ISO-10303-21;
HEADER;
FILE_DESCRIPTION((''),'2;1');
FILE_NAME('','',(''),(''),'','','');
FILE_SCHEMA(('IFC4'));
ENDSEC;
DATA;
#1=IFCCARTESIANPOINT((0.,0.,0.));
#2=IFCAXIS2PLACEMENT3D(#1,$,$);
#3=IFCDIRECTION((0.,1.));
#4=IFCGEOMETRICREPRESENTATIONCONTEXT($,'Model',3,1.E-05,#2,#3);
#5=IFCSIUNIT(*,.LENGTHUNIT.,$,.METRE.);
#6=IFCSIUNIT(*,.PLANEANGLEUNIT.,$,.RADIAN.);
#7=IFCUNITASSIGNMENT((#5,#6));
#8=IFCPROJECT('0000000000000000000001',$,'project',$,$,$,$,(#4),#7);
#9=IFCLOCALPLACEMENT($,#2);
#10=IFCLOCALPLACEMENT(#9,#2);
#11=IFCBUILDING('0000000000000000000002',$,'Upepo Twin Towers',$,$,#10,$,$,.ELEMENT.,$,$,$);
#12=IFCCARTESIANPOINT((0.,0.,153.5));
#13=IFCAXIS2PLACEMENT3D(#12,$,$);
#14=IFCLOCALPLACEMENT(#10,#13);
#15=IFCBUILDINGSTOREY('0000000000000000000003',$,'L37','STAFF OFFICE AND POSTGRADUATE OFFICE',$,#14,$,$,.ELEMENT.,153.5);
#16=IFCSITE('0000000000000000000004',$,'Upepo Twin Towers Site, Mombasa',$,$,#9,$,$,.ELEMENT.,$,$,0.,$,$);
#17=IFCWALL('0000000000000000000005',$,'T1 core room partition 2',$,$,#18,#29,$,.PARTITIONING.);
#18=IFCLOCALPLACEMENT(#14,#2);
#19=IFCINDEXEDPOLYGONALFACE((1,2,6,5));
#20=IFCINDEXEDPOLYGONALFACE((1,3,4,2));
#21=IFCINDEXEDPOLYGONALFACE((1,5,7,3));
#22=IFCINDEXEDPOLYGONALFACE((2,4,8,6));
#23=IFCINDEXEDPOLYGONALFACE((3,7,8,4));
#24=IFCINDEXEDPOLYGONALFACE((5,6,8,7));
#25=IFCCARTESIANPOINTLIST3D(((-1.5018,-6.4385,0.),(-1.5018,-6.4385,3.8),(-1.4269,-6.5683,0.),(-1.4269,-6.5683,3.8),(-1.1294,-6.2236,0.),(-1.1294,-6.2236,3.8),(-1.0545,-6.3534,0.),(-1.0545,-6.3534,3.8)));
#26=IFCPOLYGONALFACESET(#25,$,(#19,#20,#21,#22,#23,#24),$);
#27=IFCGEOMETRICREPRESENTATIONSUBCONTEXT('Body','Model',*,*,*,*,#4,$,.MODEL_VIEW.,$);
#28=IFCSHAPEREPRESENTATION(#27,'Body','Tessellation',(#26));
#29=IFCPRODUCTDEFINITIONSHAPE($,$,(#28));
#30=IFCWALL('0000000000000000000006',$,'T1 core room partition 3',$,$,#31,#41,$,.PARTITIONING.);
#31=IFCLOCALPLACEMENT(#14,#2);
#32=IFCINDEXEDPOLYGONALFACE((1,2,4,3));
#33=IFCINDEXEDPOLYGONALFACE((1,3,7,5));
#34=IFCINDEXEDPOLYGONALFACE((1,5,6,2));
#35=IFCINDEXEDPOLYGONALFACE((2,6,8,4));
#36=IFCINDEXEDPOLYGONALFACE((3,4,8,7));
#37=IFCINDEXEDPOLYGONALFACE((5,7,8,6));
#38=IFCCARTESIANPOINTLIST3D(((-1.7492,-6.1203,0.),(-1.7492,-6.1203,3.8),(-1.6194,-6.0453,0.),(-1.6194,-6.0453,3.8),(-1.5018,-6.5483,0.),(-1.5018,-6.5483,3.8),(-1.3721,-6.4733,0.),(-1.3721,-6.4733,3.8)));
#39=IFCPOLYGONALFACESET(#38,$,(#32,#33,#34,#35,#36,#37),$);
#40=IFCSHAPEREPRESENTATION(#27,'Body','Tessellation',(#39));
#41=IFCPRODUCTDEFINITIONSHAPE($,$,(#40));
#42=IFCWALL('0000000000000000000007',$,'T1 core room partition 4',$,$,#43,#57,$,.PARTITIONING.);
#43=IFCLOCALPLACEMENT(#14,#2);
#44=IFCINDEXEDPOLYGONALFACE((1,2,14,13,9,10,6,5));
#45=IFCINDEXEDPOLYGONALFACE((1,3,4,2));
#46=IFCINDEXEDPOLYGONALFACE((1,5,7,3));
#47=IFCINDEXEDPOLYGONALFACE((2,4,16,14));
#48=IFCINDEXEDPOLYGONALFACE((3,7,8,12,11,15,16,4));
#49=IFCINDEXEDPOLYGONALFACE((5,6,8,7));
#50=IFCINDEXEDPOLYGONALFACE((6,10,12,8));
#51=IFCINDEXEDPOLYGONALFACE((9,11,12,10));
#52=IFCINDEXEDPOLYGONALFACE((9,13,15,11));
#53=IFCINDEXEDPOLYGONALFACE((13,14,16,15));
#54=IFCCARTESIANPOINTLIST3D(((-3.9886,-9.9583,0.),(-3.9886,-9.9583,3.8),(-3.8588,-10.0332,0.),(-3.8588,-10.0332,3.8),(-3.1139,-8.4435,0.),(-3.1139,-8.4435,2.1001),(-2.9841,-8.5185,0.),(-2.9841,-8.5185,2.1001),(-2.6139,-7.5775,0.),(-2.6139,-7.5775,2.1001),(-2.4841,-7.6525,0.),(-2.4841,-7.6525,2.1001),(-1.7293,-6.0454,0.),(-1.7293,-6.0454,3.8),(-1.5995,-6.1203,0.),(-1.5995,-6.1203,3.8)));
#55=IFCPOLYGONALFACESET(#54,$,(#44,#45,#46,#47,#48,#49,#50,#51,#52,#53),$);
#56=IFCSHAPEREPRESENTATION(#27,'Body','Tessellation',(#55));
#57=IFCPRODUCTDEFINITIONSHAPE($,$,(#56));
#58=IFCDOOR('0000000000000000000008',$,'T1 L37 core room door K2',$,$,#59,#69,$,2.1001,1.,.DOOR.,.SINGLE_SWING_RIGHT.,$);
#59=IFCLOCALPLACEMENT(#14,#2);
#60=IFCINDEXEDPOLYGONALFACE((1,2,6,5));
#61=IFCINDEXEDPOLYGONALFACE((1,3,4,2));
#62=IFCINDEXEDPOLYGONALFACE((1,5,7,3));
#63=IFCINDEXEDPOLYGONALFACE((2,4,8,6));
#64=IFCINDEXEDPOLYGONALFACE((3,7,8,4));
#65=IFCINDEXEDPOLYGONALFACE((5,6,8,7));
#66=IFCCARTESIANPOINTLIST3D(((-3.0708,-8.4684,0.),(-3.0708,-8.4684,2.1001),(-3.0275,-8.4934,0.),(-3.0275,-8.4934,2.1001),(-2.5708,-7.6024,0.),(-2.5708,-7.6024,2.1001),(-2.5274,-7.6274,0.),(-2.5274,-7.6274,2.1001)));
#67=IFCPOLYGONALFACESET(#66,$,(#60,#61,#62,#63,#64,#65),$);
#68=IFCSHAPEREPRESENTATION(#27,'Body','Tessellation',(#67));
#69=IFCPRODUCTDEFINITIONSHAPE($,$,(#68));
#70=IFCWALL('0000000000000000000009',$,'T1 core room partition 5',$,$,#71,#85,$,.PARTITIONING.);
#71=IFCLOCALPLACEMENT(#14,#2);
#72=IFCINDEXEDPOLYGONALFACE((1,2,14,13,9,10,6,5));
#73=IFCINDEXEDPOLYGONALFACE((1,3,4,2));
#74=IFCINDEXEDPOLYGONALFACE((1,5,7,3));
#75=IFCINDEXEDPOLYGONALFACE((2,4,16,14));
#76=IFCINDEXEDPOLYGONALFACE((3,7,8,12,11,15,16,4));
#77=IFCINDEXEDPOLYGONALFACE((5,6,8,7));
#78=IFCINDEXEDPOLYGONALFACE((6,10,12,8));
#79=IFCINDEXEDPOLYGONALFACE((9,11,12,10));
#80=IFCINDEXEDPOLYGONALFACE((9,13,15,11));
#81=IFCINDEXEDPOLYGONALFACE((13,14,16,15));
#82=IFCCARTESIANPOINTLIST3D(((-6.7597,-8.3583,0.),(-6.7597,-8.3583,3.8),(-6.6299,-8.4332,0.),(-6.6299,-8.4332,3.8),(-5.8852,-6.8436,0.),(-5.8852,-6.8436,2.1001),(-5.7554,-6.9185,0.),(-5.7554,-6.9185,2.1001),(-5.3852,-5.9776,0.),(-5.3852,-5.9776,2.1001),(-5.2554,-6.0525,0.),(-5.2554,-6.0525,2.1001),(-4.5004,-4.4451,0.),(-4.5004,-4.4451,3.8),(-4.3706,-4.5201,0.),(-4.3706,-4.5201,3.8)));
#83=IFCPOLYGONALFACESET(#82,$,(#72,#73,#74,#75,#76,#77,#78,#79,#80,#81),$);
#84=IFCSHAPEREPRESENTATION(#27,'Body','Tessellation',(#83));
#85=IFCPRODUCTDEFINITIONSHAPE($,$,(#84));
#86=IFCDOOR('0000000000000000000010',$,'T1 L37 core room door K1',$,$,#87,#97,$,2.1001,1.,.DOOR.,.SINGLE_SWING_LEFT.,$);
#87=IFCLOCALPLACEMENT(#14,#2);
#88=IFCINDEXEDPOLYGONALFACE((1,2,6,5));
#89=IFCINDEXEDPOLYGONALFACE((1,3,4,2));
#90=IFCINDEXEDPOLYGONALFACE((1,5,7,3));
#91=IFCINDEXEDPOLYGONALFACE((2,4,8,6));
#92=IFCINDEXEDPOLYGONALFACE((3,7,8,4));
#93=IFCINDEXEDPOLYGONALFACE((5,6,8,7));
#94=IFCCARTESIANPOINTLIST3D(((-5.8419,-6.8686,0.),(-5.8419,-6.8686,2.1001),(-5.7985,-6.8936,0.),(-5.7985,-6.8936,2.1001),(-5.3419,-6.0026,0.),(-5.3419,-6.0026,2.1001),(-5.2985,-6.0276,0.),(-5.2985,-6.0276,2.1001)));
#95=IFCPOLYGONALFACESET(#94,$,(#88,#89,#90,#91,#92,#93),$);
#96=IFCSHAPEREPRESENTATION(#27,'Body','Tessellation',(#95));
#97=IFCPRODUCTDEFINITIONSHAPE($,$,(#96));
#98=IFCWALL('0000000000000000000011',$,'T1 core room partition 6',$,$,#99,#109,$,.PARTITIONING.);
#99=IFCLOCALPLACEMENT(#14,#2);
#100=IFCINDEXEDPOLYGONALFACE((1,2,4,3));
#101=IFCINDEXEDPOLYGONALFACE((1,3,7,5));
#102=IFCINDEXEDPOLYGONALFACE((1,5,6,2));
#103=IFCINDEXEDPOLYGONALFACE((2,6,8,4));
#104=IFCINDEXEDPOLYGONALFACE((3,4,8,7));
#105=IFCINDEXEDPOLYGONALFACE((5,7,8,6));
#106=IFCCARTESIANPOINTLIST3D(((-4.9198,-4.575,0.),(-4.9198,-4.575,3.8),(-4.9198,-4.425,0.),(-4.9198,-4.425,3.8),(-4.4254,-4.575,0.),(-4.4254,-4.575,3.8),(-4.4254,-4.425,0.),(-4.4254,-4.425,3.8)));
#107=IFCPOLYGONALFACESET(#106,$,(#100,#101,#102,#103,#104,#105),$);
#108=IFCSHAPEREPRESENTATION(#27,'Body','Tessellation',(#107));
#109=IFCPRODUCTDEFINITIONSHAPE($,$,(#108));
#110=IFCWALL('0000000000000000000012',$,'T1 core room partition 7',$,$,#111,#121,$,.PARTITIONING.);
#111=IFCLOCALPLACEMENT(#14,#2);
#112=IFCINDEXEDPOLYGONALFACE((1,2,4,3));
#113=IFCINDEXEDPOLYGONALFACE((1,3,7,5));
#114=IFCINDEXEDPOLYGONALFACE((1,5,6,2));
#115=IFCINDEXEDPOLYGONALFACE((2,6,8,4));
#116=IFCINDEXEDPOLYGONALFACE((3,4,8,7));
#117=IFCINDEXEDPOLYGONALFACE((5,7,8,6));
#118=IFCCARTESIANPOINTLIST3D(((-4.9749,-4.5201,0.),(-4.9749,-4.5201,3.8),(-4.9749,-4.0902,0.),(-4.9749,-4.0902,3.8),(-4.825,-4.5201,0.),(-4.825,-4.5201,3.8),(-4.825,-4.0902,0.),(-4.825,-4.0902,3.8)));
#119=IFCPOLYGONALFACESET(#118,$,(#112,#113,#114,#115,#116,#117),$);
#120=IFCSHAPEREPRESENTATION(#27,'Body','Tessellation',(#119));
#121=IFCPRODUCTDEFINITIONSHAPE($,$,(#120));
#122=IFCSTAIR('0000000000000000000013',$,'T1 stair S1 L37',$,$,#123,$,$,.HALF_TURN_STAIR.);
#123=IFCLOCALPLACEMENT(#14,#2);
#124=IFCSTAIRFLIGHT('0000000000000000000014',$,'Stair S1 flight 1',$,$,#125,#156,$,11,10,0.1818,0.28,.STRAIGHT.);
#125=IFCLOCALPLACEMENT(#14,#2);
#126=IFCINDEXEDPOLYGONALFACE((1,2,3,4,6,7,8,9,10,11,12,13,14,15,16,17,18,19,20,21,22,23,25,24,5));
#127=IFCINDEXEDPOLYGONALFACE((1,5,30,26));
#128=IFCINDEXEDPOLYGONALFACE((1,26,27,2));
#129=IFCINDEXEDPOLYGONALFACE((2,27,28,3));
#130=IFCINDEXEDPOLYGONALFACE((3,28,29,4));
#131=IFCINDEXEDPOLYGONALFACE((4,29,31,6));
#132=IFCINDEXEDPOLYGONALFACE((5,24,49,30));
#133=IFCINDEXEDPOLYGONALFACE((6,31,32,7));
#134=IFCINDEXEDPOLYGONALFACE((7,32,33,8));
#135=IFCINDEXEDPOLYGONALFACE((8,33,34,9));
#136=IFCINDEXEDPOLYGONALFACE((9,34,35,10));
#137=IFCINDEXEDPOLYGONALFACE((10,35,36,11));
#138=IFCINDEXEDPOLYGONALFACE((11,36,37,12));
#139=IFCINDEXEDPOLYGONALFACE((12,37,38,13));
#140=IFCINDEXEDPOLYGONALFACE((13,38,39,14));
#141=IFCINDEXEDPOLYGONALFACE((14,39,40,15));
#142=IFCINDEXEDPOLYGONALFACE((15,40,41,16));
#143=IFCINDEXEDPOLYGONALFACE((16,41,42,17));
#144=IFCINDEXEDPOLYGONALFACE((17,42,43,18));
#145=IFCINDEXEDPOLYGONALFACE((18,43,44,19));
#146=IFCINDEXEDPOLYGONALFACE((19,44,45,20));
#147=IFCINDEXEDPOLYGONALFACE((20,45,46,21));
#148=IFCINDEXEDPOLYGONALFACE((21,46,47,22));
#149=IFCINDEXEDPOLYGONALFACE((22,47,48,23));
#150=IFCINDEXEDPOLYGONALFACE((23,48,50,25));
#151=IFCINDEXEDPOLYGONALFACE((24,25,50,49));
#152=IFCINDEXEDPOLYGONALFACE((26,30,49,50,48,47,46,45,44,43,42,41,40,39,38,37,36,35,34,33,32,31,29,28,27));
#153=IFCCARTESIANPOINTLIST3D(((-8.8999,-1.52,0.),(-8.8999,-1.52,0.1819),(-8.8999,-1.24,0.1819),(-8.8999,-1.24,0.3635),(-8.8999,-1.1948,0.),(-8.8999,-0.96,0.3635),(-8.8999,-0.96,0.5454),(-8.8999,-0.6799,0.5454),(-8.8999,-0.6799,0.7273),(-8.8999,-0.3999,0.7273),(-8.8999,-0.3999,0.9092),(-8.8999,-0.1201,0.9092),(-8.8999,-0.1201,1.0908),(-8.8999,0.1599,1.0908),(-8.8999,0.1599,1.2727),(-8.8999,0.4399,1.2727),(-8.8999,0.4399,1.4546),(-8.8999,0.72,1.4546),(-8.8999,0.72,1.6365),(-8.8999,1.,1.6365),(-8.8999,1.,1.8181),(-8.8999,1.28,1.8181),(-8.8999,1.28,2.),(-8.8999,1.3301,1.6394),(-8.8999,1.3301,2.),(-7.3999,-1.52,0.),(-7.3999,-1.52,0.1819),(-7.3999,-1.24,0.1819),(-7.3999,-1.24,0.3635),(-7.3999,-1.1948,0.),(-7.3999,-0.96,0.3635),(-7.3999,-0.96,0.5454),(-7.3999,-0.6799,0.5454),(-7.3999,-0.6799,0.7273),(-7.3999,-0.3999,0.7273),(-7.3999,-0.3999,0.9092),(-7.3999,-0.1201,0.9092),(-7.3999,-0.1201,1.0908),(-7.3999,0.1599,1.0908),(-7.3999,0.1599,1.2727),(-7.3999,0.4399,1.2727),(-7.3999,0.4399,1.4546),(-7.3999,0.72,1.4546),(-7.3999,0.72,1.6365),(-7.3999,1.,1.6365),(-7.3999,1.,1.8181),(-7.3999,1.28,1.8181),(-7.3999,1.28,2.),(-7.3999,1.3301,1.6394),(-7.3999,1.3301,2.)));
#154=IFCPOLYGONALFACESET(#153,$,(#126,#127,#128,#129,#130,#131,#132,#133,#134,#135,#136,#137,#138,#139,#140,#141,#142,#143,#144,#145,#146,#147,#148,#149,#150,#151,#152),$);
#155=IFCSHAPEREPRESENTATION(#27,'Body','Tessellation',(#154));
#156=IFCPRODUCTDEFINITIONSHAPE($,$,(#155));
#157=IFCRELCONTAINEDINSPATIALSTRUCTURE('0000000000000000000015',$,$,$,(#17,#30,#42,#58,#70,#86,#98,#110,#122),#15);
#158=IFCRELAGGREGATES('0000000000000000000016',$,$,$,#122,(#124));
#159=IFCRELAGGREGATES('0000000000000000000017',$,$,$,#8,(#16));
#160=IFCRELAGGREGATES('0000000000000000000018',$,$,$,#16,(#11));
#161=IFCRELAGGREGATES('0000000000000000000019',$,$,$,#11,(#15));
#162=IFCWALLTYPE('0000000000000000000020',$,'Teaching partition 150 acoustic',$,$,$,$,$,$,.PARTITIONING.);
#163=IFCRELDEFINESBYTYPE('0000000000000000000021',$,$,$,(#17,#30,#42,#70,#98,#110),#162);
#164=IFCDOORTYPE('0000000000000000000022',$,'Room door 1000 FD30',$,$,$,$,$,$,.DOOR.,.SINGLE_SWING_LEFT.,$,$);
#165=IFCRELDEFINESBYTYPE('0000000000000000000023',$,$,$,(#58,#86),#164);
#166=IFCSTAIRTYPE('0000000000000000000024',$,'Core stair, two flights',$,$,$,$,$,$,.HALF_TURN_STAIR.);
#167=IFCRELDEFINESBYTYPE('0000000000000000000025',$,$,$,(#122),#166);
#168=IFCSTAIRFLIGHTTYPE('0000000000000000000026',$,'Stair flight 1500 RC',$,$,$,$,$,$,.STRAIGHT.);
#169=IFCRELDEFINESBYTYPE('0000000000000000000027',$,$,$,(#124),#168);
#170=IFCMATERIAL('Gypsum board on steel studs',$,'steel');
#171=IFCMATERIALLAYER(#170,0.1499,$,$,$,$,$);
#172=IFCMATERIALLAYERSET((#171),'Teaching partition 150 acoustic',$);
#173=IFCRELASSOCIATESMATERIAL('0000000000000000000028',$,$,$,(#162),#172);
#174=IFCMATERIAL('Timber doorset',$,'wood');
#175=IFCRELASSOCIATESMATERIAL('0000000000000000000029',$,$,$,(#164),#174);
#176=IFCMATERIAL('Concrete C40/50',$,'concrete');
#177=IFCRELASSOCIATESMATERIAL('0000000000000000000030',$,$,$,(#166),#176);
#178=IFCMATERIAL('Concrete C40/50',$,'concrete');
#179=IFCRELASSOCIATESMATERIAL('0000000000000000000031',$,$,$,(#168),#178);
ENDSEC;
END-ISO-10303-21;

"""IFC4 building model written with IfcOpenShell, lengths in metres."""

from ifc_helpers import new_model, si_unit, direction, frame, frame_2d, origin, place, context, subcontext, project, spatial, polyline, rectangle, outline, extrude, material, layer, layer_set, type_object, element, fill, aggregate, save


model = new_model("IFC4")

# Units and contexts
model_context = context("Model", 3, precision=1e-05, world=origin(), true_north=direction((0.0, 1.0)))
body_context = subcontext(model_context, "Body", "Model", "MODEL_VIEW")
ifc_project = project(units=[si_unit("LENGTHUNIT", "METRE"), si_unit("PLANEANGLEUNIT", "RADIAN")], contexts=[model_context])

# Site, building, storey
site_placement = place(None, origin())
site = spatial("IfcSite", under=ifc_project, at=site_placement, Name="Upepo Twin Towers Site, Mombasa", CompositionType="ELEMENT", RefElevation=0.0)
building_placement = place(site_placement, origin())
building = spatial("IfcBuilding", under=site, at=building_placement, Name="Upepo Twin Towers", CompositionType="ELEMENT")
storey_placement = place(building_placement, frame((0.0, 0.0, 153.5)))
storey = spatial("IfcBuildingStorey", under=building, at=storey_placement, Name="L37", Description="STAFF OFFICE AND POSTGRADUATE OFFICE", CompositionType="ELEMENT", Elevation=153.5)

# Walls
ifc_material_1 = material(Name="Gypsum board on steel studs", Category="steel")
ifc_layer_1 = layer(ifc_material_1, 0.1499)
ifc_layer_set_1 = layer_set([ifc_layer_1], Name="Teaching partition 150 acoustic")
wall_type_1 = type_object("IfcWallType", Name="Teaching partition 150 acoustic", PredefinedType="PARTITIONING", material=ifc_layer_set_1)
wall_1_placement = place(storey_placement, frame((-1.092, -6.2886, 0.0), z_axis=(0.0, 0.0, 1.0), x_axis=(-0.866138, -0.499804, 0.0)))
element("IfcWall", 1, at=wall_1_placement, inside=storey, type_object=wall_type_1, Name="T1 core room partition 2", PredefinedType="PARTITIONING", context=body_context, shape_type="SweptSolid", body=[
    extrude(rectangle(XDim=0.4299, YDim=0.1499, at=frame_2d((0.2148, 0.0))), origin(), (0.0, 0.0, 1.0), 3.8),
])
wall_2_placement = place(storey_placement, frame((-1.437, -6.5107, 0.0), z_axis=(0.0, 0.0, 1.0), x_axis=(-0.500335, 0.865832, 0.0)))
element("IfcWall", 2, at=wall_2_placement, inside=storey, type_object=wall_type_1, Name="T1 core room partition 3", PredefinedType="PARTITIONING", context=body_context, shape_type="SweptSolid", body=[
    extrude(rectangle(XDim=0.4944, YDim=0.1499, at=frame_2d((0.2471, 0.0))), origin(), (0.0, 0.0, 1.0), 3.8),
])

# Walls, openings, doors
wall_3_placement = place(storey_placement, frame((-1.6643, -6.0828, 0.0), z_axis=(0.0, 0.0, 1.0), x_axis=(-0.500033, -0.866007, 0.0)))
wall_3 = element("IfcWall", 3, at=wall_3_placement, inside=storey, type_object=wall_type_1, Name="T1 core room partition 4", PredefinedType="PARTITIONING", context=body_context, shape_type="SweptSolid", body=[
    extrude(rectangle(XDim=4.5183, YDim=0.1499, at=frame_2d((2.2593, 0.0))), origin(), (0.0, 0.0, 1.0), 3.8),
])
opening_1_placement = place(wall_3_placement, frame((1.7693, 0.0, 0.0)))
opening_1 = element("IfcOpeningElement", 4, at=opening_1_placement, cuts=wall_3, PredefinedType="OPENING", context=body_context, shape_type="SweptSolid", body=[
    extrude(rectangle(XDim=1.0, YDim=2.1001, at=frame_2d((0.5, 1.05))), frame((0.0, 0.085, 0.0), z_axis=(0.0, -1.0, 0.0), x_axis=(1.0, 0.0, 0.0)), (0.0, 0.0, 1.0), 0.1699),
])
ifc_material_2 = material(Name="Timber doorset", Category="wood")
door_type_1 = type_object("IfcDoorType", Name="Room door 1000 FD30", OperationType="SINGLE_SWING_LEFT", PredefinedType="DOOR", material=ifc_material_2)
door_1_placement = place(opening_1_placement, origin())
door_1 = element("IfcDoor", 5, at=door_1_placement, inside=storey, type_object=door_type_1, Name="T1 L37 core room door K2", OperationType="SINGLE_SWING_RIGHT", OverallHeight=2.1001, OverallWidth=1.0, PredefinedType="DOOR", context=body_context, shape_type="SweptSolid", body=[
    extrude(rectangle(XDim=1.0, YDim=2.1001, at=frame_2d((0.5, 1.05))), frame((0.0, 0.0249, 0.0), z_axis=(0.0, -1.0, 0.0), x_axis=(1.0, 0.0, 0.0)), (0.0, 0.0, 1.0), 0.05),
])
fill(opening_1, door_1)
wall_4_placement = place(storey_placement, frame((-6.6948, -8.3958, 0.0), z_axis=(0.0, 0.0, 1.0), x_axis=(0.500009, 0.86602, 0.0)))
wall_4 = element("IfcWall", 6, at=wall_4_placement, inside=storey, type_object=wall_type_1, Name="T1 core room partition 5", PredefinedType="PARTITIONING", context=body_context, shape_type="SweptSolid", body=[
    extrude(rectangle(XDim=4.5186, YDim=0.1499, at=frame_2d((2.2593, 0.0))), origin(), (0.0, 0.0, 1.0), 3.8),
])
opening_2_placement = place(wall_4_placement, frame((1.749, 0.0, 0.0)))
opening_2 = element("IfcOpeningElement", 7, at=opening_2_placement, cuts=wall_4, PredefinedType="OPENING", context=body_context, shape_type="SweptSolid", body=[
    extrude(rectangle(XDim=1.0, YDim=2.1001, at=frame_2d((0.5, 1.05))), frame((0.0, 0.085, 0.0), z_axis=(0.0, -1.0, 0.0), x_axis=(1.0, 0.0, 0.0)), (0.0, 0.0, 1.0), 0.1699),
])
door_2_placement = place(opening_2_placement, origin())
door_2 = element("IfcDoor", 8, at=door_2_placement, inside=storey, type_object=door_type_1, Name="T1 L37 core room door K1", OperationType="SINGLE_SWING_LEFT", OverallHeight=2.1001, OverallWidth=1.0, PredefinedType="DOOR", context=body_context, shape_type="SweptSolid", body=[
    extrude(rectangle(XDim=1.0, YDim=2.1001, at=frame_2d((0.5, 1.05))), frame((0.0, 0.0249, 0.0), z_axis=(0.0, -1.0, 0.0), x_axis=(1.0, 0.0, 0.0)), (0.0, 0.0, 1.0), 0.05),
])
fill(opening_2, door_2)

# Walls
wall_5_placement = place(storey_placement, frame((-4.4255, -4.5, 0.0), z_axis=(0.0, 0.0, 1.0), x_axis=(-1.0, 0.0, 0.0)))
element("IfcWall", 9, at=wall_5_placement, inside=storey, type_object=wall_type_1, Name="T1 core room partition 6", PredefinedType="PARTITIONING", context=body_context, shape_type="SweptSolid", body=[
    extrude(rectangle(XDim=0.4944, YDim=0.1499, at=frame_2d((0.2471, 0.0))), origin(), (0.0, 0.0, 1.0), 3.8),
])
wall_6_placement = place(storey_placement, frame((-4.8999, -4.52, 0.0), z_axis=(0.0, 0.0, 1.0), x_axis=(0.0, 1.0, 0.0)))
element("IfcWall", 10, at=wall_6_placement, inside=storey, type_object=wall_type_1, Name="T1 core room partition 7", PredefinedType="PARTITIONING", context=body_context, shape_type="SweptSolid", body=[
    extrude(rectangle(XDim=0.4299, YDim=0.1499, at=frame_2d((0.2148, 0.0))), origin(), (0.0, 0.0, 1.0), 3.8),
])

# Stair, stair flight
ifc_material_3 = material(Name="Concrete C40/50", Category="concrete")
stair_type = type_object("IfcStairType", Name="Core stair, two flights", PredefinedType="HALF_TURN_STAIR", material=ifc_material_3)
stair_placement = place(storey_placement, origin())
stair = element("IfcStair", 11, at=stair_placement, inside=storey, type_object=stair_type, Name="T1 stair S1 L37", PredefinedType="HALF_TURN_STAIR")
ifc_material_4 = material(Name="Concrete C40/50", Category="concrete")
stair_flight_type = type_object("IfcStairFlightType", Name="Stair flight 1500 RC", PredefinedType="STRAIGHT", material=ifc_material_4)
stair_flight_1_placement = place(storey_placement, frame((-8.1499, -1.52, 0.0), z_axis=(0.0, 0.0, 1.0), x_axis=(0.0, 1.0, 0.0)))
stair_flight_1 = element("IfcStairFlight", 12, at=stair_flight_1_placement, type_object=stair_flight_type, Name="Stair S1 flight 1", NumberOfRisers=11, NumberOfTreads=10, PredefinedType="STRAIGHT", RiserHeight=0.1818, TreadLength=0.28, context=body_context, shape_type="SweptSolid", body=[
    extrude(outline(polyline([(0.0, 0.0), (0.0, 0.1819), (0.28, 0.1819), (0.28, 0.3635), (0.5601, 0.3635), (0.5601, 0.5454), (0.8401, 0.5454), (0.8401, 0.7273), (1.1201, 0.7273), (1.1201, 0.9092), (1.3999, 0.9092), (1.3999, 1.0908), (1.6799, 1.0908), (1.6799, 1.2727), (1.96, 1.2727), (1.96, 1.4546), (2.24, 1.4546), (2.24, 1.6365), (2.52, 1.6365), (2.52, 1.8181), (2.8, 1.8181), (2.8, 2.0), (2.8501, 2.0), (2.8501, 1.6394), (0.3252, 0.0), (0.0, 0.0)])), frame((0.0, 0.75, 0.0), z_axis=(0.0, -1.0, 0.0), x_axis=(1.0, 0.0, 0.0)), (0.0, 0.0, 1.0), 1.5),
])
aggregate(stair, [stair_flight_1])

save(model, "model.ifc")
